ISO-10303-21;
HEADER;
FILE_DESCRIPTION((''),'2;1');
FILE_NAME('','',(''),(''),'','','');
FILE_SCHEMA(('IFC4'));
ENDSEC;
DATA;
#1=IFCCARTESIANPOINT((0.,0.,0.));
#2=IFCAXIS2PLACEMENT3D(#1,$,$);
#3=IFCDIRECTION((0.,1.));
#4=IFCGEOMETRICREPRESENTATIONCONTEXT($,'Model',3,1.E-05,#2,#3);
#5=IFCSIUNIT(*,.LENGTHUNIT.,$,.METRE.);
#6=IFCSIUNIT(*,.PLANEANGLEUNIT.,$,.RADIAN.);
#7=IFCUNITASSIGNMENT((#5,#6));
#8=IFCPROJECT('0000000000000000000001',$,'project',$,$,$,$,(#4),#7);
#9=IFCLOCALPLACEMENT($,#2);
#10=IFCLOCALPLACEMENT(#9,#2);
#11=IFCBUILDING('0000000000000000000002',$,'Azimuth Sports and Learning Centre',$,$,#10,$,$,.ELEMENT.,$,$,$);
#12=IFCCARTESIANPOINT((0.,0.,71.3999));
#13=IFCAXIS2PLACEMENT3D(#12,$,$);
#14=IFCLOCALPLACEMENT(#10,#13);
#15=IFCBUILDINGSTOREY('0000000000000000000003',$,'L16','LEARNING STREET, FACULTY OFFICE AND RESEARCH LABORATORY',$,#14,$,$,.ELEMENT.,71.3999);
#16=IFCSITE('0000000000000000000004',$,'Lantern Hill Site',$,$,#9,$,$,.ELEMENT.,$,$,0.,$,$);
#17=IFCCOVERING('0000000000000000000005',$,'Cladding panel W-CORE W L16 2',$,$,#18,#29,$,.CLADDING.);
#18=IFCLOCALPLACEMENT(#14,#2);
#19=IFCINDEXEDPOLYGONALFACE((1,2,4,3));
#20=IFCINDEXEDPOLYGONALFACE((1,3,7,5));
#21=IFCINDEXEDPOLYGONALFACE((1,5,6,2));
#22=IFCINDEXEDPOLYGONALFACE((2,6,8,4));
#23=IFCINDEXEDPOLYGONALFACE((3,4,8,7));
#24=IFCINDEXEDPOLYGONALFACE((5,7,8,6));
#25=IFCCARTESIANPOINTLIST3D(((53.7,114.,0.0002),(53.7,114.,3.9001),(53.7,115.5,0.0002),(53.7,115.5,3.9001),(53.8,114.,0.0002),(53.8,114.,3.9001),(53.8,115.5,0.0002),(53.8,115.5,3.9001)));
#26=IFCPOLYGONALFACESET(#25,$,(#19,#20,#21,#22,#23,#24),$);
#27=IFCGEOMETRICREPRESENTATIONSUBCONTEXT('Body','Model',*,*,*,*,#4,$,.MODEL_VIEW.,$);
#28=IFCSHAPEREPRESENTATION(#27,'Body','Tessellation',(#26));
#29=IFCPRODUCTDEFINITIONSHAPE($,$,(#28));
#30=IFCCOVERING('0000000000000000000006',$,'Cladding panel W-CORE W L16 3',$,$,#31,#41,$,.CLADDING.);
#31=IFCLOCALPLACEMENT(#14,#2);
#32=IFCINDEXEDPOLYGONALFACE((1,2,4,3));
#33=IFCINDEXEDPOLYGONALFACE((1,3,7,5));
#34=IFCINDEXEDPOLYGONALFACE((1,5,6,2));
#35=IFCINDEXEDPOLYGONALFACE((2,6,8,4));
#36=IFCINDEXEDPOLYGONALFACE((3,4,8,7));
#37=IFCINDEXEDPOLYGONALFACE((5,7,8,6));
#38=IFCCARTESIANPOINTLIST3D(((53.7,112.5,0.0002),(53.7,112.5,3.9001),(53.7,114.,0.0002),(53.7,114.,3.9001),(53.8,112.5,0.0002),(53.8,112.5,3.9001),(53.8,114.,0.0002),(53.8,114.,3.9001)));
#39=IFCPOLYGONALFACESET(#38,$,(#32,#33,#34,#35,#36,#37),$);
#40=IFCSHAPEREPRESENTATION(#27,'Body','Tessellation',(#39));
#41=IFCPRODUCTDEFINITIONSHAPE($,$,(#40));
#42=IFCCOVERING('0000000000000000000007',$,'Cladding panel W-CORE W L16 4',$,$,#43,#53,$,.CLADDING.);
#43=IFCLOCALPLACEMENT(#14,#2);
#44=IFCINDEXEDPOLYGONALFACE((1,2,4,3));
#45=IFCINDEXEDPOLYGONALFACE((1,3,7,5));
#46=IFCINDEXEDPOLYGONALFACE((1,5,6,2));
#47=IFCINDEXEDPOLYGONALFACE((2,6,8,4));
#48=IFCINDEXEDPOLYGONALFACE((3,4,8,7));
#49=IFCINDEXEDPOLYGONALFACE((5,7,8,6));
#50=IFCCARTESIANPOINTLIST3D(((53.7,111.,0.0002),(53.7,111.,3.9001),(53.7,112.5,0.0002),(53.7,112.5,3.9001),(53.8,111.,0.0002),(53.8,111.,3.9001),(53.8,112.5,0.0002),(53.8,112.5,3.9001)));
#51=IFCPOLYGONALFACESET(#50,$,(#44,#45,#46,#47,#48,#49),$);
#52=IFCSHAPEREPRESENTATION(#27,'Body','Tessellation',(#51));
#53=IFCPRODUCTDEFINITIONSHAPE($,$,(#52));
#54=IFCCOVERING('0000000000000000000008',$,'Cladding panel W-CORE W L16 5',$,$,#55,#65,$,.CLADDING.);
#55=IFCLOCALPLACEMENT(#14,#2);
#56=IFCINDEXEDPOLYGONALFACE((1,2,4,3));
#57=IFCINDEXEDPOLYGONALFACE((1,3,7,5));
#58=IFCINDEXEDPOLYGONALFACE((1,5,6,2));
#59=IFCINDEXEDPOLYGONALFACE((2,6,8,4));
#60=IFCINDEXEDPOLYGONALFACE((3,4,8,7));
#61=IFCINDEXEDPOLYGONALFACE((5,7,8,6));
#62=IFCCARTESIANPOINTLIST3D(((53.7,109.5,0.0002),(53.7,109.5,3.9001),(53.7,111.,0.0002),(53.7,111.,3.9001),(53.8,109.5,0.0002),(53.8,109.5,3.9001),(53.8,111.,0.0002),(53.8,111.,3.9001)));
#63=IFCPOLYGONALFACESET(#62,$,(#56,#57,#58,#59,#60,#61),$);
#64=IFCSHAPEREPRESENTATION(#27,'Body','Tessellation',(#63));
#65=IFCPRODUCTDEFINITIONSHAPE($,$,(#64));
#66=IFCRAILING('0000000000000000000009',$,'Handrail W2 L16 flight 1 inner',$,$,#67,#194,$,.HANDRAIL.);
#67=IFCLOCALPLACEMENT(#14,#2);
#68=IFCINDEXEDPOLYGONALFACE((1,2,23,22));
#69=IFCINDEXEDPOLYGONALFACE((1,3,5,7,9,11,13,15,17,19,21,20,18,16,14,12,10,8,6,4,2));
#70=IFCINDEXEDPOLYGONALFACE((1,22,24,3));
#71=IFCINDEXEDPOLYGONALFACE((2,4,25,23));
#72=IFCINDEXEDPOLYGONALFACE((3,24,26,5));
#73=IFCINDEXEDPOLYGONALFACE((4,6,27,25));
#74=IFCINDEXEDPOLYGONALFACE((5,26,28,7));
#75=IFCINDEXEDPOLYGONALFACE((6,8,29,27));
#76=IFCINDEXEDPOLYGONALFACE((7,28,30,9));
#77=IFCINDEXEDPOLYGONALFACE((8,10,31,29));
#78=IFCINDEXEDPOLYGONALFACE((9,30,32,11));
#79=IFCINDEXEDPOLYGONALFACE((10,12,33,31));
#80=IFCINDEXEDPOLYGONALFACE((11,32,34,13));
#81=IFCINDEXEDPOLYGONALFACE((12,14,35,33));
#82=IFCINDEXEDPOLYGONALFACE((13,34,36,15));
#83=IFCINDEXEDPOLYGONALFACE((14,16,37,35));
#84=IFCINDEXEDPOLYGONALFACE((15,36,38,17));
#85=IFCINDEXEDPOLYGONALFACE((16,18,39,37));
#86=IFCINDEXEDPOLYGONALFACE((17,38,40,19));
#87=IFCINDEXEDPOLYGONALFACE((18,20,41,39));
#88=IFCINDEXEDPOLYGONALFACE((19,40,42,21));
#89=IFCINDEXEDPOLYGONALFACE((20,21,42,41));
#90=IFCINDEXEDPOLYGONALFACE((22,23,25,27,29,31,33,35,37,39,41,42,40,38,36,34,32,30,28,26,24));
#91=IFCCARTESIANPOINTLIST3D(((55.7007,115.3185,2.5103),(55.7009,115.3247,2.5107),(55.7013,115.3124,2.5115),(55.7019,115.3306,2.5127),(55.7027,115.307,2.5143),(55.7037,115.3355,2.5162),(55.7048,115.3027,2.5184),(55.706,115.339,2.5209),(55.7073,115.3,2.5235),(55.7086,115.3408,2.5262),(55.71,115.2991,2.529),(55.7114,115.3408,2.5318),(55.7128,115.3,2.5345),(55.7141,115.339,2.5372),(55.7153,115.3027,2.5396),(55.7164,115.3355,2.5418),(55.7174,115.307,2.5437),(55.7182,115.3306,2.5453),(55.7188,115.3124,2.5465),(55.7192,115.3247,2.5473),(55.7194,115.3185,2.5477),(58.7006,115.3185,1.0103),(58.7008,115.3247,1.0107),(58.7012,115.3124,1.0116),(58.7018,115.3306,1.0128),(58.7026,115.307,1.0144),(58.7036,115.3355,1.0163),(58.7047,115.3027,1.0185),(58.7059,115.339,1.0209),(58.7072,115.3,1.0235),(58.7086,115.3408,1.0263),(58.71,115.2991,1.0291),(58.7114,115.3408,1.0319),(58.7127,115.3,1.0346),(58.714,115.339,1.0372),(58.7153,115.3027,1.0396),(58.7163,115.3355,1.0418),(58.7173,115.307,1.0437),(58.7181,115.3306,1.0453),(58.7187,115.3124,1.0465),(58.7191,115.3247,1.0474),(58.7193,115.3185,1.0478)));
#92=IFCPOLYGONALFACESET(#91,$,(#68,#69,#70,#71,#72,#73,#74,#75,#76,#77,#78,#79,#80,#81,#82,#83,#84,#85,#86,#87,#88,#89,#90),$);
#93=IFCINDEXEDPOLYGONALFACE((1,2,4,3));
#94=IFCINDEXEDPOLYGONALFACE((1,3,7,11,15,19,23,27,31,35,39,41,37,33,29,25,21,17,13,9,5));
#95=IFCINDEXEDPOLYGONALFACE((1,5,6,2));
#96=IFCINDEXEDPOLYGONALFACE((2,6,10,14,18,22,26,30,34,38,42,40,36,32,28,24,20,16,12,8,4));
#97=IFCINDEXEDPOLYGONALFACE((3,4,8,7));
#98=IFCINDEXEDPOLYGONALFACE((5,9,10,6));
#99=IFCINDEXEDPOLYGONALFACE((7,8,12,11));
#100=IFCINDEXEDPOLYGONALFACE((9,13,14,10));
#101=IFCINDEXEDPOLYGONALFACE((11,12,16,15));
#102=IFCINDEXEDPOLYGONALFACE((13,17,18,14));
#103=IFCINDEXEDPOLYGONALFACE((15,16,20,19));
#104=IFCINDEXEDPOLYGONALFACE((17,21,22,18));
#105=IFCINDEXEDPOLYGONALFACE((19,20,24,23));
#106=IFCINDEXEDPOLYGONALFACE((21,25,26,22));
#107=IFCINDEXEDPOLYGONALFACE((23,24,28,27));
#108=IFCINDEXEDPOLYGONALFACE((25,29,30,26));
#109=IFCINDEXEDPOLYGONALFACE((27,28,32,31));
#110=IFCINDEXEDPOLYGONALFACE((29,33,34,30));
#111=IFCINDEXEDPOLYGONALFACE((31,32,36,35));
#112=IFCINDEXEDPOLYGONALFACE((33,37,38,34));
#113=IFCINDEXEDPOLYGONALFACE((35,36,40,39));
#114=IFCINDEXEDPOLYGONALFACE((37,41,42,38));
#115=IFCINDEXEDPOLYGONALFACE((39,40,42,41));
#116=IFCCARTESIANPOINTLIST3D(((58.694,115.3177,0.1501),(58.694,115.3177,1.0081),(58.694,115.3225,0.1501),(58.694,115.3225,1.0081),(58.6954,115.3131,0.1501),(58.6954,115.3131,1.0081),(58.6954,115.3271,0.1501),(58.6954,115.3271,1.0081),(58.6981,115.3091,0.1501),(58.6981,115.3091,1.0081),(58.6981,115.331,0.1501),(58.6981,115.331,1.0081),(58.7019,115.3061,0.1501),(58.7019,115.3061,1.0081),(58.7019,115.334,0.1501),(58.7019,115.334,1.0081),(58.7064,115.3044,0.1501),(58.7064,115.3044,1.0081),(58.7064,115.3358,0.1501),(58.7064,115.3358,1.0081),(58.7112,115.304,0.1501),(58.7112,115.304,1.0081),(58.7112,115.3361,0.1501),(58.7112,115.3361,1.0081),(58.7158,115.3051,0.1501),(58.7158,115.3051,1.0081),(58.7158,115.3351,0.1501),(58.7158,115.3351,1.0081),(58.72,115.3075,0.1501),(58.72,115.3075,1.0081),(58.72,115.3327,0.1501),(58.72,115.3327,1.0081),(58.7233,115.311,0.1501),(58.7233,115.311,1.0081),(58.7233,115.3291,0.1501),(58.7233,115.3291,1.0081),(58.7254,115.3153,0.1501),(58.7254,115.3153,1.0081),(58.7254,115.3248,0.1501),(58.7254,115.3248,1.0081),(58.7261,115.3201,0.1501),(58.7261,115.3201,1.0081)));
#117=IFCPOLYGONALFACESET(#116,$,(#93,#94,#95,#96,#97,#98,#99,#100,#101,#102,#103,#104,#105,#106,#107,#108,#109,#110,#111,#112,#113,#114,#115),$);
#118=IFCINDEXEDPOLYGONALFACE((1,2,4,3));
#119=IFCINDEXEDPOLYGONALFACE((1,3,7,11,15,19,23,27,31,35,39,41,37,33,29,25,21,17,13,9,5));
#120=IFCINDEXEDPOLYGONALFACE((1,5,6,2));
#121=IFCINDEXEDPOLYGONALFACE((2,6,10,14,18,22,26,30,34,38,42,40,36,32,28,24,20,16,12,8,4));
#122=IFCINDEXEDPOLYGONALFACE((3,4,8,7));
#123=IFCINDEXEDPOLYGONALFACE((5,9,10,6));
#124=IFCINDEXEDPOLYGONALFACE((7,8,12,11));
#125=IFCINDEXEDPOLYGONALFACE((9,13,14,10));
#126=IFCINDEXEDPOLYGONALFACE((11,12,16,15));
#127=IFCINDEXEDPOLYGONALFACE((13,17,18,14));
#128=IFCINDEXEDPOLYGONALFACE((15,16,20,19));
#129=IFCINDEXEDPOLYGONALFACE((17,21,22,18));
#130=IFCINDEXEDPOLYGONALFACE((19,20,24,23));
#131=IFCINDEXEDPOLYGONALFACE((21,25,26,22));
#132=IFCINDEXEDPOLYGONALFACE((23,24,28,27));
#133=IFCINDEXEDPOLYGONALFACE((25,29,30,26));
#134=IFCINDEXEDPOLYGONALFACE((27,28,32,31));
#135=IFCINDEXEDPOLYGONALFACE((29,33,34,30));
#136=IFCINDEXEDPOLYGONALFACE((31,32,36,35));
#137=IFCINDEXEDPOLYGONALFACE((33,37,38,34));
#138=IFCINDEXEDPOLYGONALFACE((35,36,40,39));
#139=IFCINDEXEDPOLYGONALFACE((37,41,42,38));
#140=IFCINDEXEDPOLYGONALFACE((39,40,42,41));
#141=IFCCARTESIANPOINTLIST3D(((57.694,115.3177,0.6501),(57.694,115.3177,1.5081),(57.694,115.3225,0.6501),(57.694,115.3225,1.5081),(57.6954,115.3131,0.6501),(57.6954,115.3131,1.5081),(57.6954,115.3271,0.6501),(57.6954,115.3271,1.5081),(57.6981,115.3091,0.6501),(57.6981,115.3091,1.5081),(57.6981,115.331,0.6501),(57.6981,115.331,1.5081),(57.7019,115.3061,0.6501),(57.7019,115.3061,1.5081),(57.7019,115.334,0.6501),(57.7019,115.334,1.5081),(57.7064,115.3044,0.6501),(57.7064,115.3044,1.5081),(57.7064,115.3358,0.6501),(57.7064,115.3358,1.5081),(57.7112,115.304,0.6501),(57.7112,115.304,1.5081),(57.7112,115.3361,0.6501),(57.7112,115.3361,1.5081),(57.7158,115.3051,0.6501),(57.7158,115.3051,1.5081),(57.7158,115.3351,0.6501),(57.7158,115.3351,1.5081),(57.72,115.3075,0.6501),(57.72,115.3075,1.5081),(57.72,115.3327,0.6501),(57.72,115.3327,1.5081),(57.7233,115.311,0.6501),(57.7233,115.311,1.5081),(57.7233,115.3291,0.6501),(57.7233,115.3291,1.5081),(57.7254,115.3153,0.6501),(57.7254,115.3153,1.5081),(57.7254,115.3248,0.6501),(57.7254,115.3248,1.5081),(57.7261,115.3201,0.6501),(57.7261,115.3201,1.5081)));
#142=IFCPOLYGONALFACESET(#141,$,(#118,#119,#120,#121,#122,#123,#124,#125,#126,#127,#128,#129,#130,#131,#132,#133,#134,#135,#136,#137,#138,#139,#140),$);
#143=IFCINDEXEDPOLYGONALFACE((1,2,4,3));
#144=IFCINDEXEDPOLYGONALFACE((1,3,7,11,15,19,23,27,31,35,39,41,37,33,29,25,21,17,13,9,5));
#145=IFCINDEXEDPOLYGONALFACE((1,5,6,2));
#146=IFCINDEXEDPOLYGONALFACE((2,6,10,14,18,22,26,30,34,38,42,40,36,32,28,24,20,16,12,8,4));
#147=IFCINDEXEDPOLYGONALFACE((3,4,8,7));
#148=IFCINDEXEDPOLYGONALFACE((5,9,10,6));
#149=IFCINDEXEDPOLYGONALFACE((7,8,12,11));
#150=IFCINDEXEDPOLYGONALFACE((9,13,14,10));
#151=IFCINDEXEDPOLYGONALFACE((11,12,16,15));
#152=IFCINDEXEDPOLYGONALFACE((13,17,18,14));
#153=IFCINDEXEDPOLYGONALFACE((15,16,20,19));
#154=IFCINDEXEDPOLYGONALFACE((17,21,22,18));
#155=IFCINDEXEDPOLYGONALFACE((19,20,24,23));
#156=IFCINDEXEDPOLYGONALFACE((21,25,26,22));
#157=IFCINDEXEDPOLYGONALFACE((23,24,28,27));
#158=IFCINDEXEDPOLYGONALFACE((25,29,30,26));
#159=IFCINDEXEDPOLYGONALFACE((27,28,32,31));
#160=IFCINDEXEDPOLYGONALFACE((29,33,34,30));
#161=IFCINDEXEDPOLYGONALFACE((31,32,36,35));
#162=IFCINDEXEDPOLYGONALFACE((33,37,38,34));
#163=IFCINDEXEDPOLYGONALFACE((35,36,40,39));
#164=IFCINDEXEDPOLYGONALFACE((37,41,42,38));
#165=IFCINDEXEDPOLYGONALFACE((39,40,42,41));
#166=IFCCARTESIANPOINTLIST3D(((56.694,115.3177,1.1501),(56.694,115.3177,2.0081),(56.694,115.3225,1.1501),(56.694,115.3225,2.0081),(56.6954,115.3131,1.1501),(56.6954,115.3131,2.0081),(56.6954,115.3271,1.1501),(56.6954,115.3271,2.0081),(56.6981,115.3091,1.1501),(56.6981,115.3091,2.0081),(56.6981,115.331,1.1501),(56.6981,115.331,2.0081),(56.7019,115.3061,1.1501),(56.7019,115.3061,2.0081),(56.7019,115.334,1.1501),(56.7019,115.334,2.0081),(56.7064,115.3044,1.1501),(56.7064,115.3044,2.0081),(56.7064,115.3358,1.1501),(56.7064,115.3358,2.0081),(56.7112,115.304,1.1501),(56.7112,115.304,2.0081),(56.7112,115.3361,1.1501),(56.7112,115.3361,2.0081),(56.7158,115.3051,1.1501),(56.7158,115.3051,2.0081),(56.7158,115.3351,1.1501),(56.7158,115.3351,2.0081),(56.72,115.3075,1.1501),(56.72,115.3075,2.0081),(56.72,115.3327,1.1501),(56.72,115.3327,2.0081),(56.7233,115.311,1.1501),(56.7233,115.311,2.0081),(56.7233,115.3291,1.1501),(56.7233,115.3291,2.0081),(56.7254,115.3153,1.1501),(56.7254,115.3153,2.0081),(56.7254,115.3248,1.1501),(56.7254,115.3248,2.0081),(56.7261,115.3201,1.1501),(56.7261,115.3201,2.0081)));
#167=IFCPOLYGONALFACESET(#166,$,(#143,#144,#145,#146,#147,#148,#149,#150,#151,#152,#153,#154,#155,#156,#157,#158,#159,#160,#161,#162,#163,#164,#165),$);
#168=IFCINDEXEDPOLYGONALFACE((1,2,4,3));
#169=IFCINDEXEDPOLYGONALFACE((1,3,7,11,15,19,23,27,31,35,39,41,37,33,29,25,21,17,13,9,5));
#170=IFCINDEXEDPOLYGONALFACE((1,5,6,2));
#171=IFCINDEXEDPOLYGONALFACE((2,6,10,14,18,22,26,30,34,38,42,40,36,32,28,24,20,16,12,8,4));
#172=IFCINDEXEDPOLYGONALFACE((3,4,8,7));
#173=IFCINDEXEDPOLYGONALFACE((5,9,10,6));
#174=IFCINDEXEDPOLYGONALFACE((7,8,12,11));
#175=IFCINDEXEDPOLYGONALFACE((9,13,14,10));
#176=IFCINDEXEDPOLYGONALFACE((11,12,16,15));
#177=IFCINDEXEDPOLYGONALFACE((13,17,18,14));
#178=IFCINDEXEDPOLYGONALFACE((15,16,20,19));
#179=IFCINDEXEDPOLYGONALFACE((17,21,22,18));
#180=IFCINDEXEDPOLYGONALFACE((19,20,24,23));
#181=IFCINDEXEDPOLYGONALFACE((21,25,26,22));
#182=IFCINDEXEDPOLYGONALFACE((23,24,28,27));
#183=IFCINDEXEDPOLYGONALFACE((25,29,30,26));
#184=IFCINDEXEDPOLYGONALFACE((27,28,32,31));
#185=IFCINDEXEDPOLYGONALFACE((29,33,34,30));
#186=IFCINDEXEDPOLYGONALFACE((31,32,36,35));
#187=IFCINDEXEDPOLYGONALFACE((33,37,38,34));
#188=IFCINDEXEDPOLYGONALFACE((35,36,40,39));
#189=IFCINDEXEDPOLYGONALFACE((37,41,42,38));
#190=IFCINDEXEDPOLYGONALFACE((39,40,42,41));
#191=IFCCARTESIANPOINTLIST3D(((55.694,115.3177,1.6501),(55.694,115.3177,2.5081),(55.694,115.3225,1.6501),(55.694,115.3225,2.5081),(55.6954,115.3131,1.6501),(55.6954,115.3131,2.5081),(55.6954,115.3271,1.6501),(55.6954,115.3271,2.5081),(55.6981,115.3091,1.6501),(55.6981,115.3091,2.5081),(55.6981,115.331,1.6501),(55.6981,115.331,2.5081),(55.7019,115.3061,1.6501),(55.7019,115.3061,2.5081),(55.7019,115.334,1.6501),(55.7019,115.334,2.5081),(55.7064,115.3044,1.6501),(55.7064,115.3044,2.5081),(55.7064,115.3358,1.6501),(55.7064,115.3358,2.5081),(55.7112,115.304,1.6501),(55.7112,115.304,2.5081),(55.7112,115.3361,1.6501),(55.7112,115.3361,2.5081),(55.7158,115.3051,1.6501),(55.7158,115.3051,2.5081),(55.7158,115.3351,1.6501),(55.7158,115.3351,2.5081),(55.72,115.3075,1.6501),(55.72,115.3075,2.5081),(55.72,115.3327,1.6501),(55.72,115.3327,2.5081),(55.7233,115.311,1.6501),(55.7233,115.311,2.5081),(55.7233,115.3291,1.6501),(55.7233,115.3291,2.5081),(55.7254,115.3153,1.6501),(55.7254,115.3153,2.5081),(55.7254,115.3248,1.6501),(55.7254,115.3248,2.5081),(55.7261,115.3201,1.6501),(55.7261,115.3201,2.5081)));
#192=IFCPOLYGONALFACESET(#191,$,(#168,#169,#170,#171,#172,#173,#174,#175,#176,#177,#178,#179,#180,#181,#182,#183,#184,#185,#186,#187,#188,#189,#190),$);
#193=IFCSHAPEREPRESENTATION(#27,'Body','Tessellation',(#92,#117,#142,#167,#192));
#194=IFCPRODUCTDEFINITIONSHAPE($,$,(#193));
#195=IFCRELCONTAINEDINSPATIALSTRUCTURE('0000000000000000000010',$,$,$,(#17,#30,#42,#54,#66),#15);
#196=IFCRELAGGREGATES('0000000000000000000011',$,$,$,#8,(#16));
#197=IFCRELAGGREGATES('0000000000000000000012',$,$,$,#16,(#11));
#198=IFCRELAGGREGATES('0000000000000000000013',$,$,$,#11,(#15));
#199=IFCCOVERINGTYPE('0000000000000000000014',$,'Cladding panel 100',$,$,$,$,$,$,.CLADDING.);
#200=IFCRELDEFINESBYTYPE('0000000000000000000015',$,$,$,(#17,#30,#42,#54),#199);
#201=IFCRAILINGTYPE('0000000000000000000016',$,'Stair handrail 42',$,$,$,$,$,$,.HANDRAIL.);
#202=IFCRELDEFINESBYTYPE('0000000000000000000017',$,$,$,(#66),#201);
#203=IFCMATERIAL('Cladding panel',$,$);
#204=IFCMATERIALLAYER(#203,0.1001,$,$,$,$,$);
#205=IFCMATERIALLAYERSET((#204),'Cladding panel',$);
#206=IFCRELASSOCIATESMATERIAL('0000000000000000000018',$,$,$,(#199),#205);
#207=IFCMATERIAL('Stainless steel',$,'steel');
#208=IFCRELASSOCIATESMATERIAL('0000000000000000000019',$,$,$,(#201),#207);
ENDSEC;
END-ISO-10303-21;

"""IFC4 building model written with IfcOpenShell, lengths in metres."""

from ifc_helpers import new_model, si_unit, direction, frame, origin, origin_2d, place, context, subcontext, project, spatial, rectangle, circle, extrude, material, layer, layer_set, type_object, element, save


model = new_model("IFC4")

# Units and contexts
model_context = context("Model", 3, precision=1e-05, world=origin(), true_north=direction((0.0, 1.0)))
body_context = subcontext(model_context, "Body", "Model", "MODEL_VIEW")
ifc_project = project(units=[si_unit("LENGTHUNIT", "METRE"), si_unit("PLANEANGLEUNIT", "RADIAN")], contexts=[model_context])

# Site, building, storey
site_placement = place(None, origin())
site = spatial("IfcSite", under=ifc_project, at=site_placement, Name="Lantern Hill Site", CompositionType="ELEMENT", RefElevation=0.0)
building_placement = place(site_placement, origin())
building = spatial("IfcBuilding", under=site, at=building_placement, Name="Azimuth Sports and Learning Centre", CompositionType="ELEMENT")
storey_placement = place(building_placement, frame((0.0, 0.0, 71.3999)))
storey = spatial("IfcBuildingStorey", under=building, at=storey_placement, Name="L16", Description="LEARNING STREET, FACULTY OFFICE AND RESEARCH LABORATORY", CompositionType="ELEMENT", Elevation=71.3999)

# Coverings
ifc_material_1 = material(Name="Cladding panel")
ifc_layer_1 = layer(ifc_material_1, 0.1001)
ifc_layer_set_1 = layer_set([ifc_layer_1], Name="Cladding panel")
covering_type = type_object("IfcCoveringType", Name="Cladding panel 100", PredefinedType="CLADDING", material=ifc_layer_set_1)
for number, where, z_axis, x_axis, name in (
    (1, (53.75, 114.75, 0.0002), (0.0, 0.0, 1.0), (0.0, -1.0, 0.0), "Cladding panel W-CORE W L16 2"),
    (2, (53.75, 113.25, 0.0002), (0.0, 0.0, 1.0), (0.0, -1.0, 0.0), "Cladding panel W-CORE W L16 3"),
    (3, (53.75, 111.75, 0.0002), (0.0, 0.0, 1.0), (0.0, -1.0, 0.0), "Cladding panel W-CORE W L16 4"),
    (4, (53.75, 110.25, 0.0002), (0.0, 0.0, 1.0), (0.0, -1.0, 0.0), "Cladding panel W-CORE W L16 5"),
):
    element("IfcCovering", number, at=place(storey_placement, frame(where, z_axis=z_axis, x_axis=x_axis)), inside=storey, type_object=covering_type, Name=name, PredefinedType="CLADDING", context=body_context, shape_type="SweptSolid", body=[
        extrude(rectangle(XDim=1.5, YDim=0.1001, at=origin_2d()), origin(), (0.0, 0.0, 1.0), 3.8999),
    ])

# Railing
ifc_material_2 = material(Name="Stainless steel", Category="steel")
railing_type_1 = type_object("IfcRailingType", Name="Stair handrail 42", PredefinedType="HANDRAIL", material=ifc_material_2)
for number, where, name in (
    (5, (58.71, 115.3201, 0.1501), "Handrail W2 L16 flight 1 inner"),
):
    element("IfcRailing", number, at=place(storey_placement, frame(where)), inside=storey, type_object=railing_type_1, Name=name, PredefinedType="HANDRAIL", context=body_context, shape_type="SweptSolid", body=[
        extrude(circle(Radius=0.021, at=origin_2d()), frame((0.0, 0.0, 0.8789), z_axis=(-0.894427, 0.0, 0.447214), x_axis=(0.0, -1.0, 0.0)), (0.0, 0.0, 1.0), 3.354),
        extrude(circle(Radius=0.0161, at=origin_2d()), origin(), (0.0, 0.0, 1.0), 0.8579),
        extrude(circle(Radius=0.0161, at=origin_2d()), frame((-1.0, 0.0, 0.5)), (0.0, 0.0, 1.0), 0.8579),
        extrude(circle(Radius=0.0161, at=origin_2d()), frame((-2.0, 0.0, 1.0)), (0.0, 0.0, 1.0), 0.8579),
        extrude(circle(Radius=0.0161, at=origin_2d()), frame((-3.0, 0.0, 1.5)), (0.0, 0.0, 1.0), 0.8579),
    ])

save(model, "model.ifc")
